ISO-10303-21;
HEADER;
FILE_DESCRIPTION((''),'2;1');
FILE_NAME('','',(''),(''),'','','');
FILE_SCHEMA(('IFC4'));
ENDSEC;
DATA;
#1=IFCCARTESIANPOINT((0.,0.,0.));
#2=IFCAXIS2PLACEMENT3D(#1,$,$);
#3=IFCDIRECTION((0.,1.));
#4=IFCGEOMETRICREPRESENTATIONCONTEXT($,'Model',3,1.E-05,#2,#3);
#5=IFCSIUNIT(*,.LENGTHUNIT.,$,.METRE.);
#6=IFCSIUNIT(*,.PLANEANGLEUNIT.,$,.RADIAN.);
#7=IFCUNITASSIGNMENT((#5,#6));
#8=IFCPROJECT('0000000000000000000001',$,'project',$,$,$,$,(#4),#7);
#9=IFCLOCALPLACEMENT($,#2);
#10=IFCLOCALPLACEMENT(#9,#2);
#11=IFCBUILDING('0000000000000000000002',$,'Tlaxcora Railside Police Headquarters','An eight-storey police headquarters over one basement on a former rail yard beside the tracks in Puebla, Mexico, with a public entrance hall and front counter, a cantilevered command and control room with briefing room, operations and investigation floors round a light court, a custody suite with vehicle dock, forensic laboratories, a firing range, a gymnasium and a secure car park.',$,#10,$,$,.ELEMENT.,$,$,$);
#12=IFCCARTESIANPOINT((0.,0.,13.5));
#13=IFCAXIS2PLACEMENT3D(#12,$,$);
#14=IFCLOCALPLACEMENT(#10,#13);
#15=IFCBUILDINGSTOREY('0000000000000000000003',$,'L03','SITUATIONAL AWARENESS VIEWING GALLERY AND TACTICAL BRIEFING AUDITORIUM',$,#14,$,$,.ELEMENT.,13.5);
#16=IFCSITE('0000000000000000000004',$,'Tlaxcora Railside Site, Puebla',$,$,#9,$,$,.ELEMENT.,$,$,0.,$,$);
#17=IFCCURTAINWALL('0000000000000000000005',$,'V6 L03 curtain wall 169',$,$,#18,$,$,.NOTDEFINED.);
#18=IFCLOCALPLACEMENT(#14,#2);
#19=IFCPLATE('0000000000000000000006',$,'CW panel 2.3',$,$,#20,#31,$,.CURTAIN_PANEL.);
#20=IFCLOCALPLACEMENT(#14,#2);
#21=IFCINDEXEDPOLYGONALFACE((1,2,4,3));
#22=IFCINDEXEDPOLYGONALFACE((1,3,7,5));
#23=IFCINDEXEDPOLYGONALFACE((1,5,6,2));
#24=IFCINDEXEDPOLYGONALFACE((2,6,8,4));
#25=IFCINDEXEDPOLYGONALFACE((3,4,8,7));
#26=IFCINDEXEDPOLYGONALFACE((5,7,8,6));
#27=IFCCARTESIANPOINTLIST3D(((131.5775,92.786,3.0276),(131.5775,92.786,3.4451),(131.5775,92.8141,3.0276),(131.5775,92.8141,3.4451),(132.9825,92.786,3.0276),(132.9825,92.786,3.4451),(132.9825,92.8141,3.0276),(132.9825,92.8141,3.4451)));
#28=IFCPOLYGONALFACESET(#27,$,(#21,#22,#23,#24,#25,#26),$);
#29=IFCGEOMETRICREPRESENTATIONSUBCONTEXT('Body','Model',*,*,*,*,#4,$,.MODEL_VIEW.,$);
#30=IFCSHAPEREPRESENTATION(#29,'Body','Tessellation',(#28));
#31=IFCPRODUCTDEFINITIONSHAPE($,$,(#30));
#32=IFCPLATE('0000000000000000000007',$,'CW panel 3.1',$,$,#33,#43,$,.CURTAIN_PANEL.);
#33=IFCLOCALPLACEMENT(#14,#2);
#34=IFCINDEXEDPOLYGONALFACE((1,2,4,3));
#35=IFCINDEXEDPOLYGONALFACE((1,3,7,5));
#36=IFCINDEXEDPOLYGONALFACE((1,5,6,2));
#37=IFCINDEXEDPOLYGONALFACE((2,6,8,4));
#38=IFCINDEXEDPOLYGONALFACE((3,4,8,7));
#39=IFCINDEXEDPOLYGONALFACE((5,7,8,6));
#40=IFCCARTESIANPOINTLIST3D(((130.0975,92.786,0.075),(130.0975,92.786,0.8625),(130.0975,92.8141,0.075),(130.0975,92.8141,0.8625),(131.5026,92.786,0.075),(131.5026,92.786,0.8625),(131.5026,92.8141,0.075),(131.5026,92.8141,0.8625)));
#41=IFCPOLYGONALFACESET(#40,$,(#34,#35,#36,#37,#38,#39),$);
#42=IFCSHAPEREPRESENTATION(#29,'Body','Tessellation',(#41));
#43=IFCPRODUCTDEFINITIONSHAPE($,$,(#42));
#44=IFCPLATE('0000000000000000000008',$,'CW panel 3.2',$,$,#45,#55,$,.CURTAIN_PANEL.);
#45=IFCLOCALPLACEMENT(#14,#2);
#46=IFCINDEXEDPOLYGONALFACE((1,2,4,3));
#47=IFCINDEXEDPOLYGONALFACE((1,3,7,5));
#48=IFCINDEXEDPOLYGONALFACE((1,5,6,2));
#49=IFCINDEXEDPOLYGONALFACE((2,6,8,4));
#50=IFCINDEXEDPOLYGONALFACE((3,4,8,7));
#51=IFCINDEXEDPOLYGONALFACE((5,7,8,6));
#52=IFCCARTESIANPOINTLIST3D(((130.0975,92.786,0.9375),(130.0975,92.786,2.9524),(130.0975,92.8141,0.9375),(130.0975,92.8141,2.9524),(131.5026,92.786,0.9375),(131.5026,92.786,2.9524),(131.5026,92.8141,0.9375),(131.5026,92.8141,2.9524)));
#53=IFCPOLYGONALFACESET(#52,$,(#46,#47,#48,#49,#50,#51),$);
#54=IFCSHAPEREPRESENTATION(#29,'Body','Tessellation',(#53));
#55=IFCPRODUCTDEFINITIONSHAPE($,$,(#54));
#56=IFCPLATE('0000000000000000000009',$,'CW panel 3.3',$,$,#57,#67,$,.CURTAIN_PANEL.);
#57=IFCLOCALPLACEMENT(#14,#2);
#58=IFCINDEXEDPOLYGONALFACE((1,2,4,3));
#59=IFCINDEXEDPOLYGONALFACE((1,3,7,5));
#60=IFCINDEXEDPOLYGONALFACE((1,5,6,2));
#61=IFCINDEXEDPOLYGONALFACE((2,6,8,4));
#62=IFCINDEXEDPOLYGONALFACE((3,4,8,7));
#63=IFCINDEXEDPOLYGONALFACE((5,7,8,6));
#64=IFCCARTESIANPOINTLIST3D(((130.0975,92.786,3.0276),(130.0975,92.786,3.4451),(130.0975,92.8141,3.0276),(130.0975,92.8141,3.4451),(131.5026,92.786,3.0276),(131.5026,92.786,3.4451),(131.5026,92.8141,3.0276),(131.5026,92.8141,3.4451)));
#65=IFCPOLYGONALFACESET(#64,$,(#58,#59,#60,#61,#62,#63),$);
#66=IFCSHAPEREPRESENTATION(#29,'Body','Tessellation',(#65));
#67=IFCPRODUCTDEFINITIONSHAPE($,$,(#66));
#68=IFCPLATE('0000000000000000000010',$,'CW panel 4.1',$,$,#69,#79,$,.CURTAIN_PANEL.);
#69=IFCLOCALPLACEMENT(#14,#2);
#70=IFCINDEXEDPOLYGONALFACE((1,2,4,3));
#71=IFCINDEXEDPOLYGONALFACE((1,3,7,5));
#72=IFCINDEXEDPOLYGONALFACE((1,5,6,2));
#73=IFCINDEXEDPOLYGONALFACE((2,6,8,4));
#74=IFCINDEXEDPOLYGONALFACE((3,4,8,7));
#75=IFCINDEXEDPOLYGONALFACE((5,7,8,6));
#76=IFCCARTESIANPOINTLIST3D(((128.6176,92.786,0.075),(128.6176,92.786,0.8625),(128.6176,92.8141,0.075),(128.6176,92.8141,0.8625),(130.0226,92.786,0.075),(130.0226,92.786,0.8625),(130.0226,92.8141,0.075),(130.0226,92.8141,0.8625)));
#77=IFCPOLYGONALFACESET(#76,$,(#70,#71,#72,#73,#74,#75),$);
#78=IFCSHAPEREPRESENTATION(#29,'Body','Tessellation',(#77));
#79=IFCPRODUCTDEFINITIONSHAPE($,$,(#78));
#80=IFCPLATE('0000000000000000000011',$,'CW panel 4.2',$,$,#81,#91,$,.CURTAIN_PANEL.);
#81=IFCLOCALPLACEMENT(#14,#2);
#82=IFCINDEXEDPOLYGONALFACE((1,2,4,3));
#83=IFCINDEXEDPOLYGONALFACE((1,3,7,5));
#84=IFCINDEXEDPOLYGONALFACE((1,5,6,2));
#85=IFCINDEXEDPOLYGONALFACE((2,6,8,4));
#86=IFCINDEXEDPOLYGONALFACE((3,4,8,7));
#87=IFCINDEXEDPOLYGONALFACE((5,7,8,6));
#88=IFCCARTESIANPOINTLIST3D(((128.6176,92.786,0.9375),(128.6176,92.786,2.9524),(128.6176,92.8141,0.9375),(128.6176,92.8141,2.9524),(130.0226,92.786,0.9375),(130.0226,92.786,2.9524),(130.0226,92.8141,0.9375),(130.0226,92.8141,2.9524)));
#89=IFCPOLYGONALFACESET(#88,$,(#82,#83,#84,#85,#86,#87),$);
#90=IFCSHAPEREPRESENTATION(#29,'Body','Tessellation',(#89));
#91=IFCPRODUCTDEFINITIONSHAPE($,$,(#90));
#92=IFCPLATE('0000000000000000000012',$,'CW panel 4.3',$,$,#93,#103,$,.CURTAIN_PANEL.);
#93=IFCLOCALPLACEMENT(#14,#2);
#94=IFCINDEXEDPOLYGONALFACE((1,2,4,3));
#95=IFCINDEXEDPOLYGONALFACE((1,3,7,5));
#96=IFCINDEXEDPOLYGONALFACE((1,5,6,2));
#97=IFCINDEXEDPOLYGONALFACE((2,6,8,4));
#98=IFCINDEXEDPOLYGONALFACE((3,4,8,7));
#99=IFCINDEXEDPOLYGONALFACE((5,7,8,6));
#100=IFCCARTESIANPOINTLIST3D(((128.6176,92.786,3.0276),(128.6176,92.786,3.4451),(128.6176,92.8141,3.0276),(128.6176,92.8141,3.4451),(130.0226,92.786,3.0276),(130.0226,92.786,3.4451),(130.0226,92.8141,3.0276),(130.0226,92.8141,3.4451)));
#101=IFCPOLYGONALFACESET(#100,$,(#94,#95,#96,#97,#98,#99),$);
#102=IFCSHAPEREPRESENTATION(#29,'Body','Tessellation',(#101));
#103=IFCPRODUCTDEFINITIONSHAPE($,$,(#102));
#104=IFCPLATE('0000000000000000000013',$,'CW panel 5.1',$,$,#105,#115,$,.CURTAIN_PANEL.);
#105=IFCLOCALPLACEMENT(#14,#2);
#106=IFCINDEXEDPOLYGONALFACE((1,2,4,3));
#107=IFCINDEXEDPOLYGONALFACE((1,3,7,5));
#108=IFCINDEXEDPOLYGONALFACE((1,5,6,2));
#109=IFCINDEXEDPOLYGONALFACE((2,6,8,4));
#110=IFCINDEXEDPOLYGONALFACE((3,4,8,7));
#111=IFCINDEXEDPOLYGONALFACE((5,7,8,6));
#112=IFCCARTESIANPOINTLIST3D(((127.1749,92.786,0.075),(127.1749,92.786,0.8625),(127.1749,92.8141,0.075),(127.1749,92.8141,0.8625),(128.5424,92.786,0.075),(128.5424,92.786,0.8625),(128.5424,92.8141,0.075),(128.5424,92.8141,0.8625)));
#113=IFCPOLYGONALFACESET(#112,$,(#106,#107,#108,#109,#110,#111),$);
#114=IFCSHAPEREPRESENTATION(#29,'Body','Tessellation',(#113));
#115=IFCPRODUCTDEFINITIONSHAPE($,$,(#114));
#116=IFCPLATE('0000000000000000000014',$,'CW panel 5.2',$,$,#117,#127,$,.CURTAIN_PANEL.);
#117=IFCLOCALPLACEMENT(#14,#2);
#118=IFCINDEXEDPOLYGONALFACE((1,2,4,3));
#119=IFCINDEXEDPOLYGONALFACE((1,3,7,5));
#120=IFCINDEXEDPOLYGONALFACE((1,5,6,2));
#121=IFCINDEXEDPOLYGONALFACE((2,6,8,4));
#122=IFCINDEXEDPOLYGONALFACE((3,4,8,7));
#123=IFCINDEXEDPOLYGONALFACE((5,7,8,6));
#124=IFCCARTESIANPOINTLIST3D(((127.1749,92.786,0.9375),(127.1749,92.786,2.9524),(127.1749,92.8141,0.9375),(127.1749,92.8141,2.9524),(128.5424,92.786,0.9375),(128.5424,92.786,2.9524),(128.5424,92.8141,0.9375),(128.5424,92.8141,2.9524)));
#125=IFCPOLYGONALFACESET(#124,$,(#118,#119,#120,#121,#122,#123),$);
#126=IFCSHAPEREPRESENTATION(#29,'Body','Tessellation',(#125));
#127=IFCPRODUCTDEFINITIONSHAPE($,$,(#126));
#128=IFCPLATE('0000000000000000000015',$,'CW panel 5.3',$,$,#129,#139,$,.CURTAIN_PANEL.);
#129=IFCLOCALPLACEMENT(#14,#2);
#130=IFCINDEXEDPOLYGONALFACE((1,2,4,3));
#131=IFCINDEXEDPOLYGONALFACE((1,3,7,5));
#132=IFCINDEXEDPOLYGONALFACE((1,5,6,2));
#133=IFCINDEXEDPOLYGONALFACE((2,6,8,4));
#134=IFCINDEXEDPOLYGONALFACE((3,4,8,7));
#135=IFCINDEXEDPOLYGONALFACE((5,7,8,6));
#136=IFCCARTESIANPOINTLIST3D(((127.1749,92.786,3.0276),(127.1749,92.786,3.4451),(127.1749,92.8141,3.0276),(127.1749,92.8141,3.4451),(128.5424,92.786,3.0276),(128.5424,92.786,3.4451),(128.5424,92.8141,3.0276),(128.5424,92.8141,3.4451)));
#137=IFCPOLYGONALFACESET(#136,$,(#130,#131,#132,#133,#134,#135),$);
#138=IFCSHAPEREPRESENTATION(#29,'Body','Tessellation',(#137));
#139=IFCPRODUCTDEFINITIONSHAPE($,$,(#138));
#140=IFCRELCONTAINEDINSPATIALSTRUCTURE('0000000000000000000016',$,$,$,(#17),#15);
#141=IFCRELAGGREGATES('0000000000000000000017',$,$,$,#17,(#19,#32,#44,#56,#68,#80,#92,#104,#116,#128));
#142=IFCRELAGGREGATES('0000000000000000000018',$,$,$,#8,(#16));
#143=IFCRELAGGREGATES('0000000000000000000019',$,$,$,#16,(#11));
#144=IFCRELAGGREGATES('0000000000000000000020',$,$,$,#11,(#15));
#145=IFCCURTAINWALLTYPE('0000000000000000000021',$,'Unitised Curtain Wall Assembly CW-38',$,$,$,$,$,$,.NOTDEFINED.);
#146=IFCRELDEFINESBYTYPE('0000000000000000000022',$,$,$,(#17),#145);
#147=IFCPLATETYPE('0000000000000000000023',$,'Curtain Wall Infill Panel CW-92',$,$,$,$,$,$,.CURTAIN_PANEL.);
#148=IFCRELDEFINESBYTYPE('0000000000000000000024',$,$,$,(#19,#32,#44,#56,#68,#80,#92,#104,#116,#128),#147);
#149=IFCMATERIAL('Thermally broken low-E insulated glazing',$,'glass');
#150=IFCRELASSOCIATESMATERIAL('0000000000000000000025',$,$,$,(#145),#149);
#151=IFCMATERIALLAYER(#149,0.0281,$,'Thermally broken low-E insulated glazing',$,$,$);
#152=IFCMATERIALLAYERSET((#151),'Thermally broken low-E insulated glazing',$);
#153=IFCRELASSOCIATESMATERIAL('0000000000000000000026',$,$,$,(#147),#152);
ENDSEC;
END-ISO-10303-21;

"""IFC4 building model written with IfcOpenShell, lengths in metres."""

from ifc_helpers import new_model, si_unit, direction, frame, origin, origin_2d, place, context, subcontext, project, spatial, rectangle, extrude, material, layer, layer_set, type_object, element, aggregate, save


model = new_model("IFC4")

# Units and contexts
model_context = context("Model", 3, precision=1e-05, world=origin(), true_north=direction((0.0, 1.0)))
body_context = subcontext(model_context, "Body", "Model", "MODEL_VIEW")
ifc_project = project(units=[si_unit("LENGTHUNIT", "METRE"), si_unit("PLANEANGLEUNIT", "RADIAN")], contexts=[model_context])

# Site, building, storey
site_placement = place(None, origin())
site = spatial("IfcSite", under=ifc_project, at=site_placement, Name="Tlaxcora Railside Site, Puebla", CompositionType="ELEMENT", RefElevation=0.0)
building_placement = place(site_placement, origin())
building = spatial("IfcBuilding", under=site, at=building_placement, Name="Tlaxcora Railside Police Headquarters", Description="An eight-storey police headquarters over one basement on a former rail yard beside the tracks in Puebla, Mexico, with a public entrance hall and front counter, a cantilevered command and control room with briefing room, operations and investigation floors round a light court, a custody suite with vehicle dock, forensic laboratories, a firing range, a gymnasium and a secure car park.", CompositionType="ELEMENT")
storey_placement = place(building_placement, frame((0.0, 0.0, 13.5)))
storey = spatial("IfcBuildingStorey", under=building, at=storey_placement, Name="L03", Description="SITUATIONAL AWARENESS VIEWING GALLERY AND TACTICAL BRIEFING AUDITORIUM", CompositionType="ELEMENT", Elevation=13.5)

# Curtain wall, plates
ifc_material_1 = material(Name="Thermally broken low-E insulated glazing", Category="glass")
curtain_wall_type = type_object("IfcCurtainWallType", Name="Unitised Curtain Wall Assembly CW-38", PredefinedType="NOTDEFINED", material=ifc_material_1)
curtain_wall_placement = place(storey_placement, origin())
curtain_wall = element("IfcCurtainWall", 1, at=curtain_wall_placement, inside=storey, type_object=curtain_wall_type, Name="V6 L03 curtain wall 169", PredefinedType="NOTDEFINED")
ifc_layer = layer(ifc_material_1, 0.0281, Name="Thermally broken low-E insulated glazing")
ifc_layer_set = layer_set([ifc_layer], Name="Thermally broken low-E insulated glazing")
plate_type = type_object("IfcPlateType", Name="Curtain Wall Infill Panel CW-92", PredefinedType="CURTAIN_PANEL", material=ifc_layer_set)
plate_1_placement = place(storey_placement, frame((132.28, 92.8, 3.0276), z_axis=(0.0, 0.0, 1.0), x_axis=(-1.0, 0.0, 0.0)))
plate_1 = element("IfcPlate", 2, at=plate_1_placement, type_object=plate_type, Name="CW panel 2.3", PredefinedType="CURTAIN_PANEL", context=body_context, shape_type="SweptSolid", body=[
    extrude(rectangle(XDim=1.405, YDim=0.0281, at=origin_2d()), origin(), (0.0, 0.0, 1.0), 0.4175),
])
plate_2_placement = place(storey_placement, frame((130.8, 92.8, 0.075), z_axis=(0.0, 0.0, 1.0), x_axis=(-1.0, 0.0, 0.0)))
plate_2 = element("IfcPlate", 3, at=plate_2_placement, type_object=plate_type, Name="CW panel 3.1", PredefinedType="CURTAIN_PANEL", context=body_context, shape_type="SweptSolid", body=[
    extrude(rectangle(XDim=1.405, YDim=0.0281, at=origin_2d()), origin(), (0.0, 0.0, 1.0), 0.7876),
])
plate_3_placement = place(storey_placement, frame((130.8, 92.8, 0.9375), z_axis=(0.0, 0.0, 1.0), x_axis=(-1.0, 0.0, 0.0)))
plate_3 = element("IfcPlate", 4, at=plate_3_placement, type_object=plate_type, Name="CW panel 3.2", PredefinedType="CURTAIN_PANEL", context=body_context, shape_type="SweptSolid", body=[
    extrude(rectangle(XDim=1.405, YDim=0.0281, at=origin_2d()), origin(), (0.0, 0.0, 1.0), 2.0149),
])
plate_4_placement = place(storey_placement, frame((130.8, 92.8, 3.0276), z_axis=(0.0, 0.0, 1.0), x_axis=(-1.0, 0.0, 0.0)))
plate_4 = element("IfcPlate", 5, at=plate_4_placement, type_object=plate_type, Name="CW panel 3.3", PredefinedType="CURTAIN_PANEL", context=body_context, shape_type="SweptSolid", body=[
    extrude(rectangle(XDim=1.405, YDim=0.0281, at=origin_2d()), origin(), (0.0, 0.0, 1.0), 0.4175),
])
plate_5_placement = place(storey_placement, frame((129.3201, 92.8, 0.075), z_axis=(0.0, 0.0, 1.0), x_axis=(-1.0, 0.0, 0.0)))
plate_5 = element("IfcPlate", 6, at=plate_5_placement, type_object=plate_type, Name="CW panel 4.1", PredefinedType="CURTAIN_PANEL", context=body_context, shape_type="SweptSolid", body=[
    extrude(rectangle(XDim=1.405, YDim=0.0281, at=origin_2d()), origin(), (0.0, 0.0, 1.0), 0.7876),
])
plate_6_placement = place(storey_placement, frame((129.3201, 92.8, 0.9375), z_axis=(0.0, 0.0, 1.0), x_axis=(-1.0, 0.0, 0.0)))
plate_6 = element("IfcPlate", 7, at=plate_6_placement, type_object=plate_type, Name="CW panel 4.2", PredefinedType="CURTAIN_PANEL", context=body_context, shape_type="SweptSolid", body=[
    extrude(rectangle(XDim=1.405, YDim=0.0281, at=origin_2d()), origin(), (0.0, 0.0, 1.0), 2.0149),
])
plate_7_placement = place(storey_placement, frame((129.3201, 92.8, 3.0276), z_axis=(0.0, 0.0, 1.0), x_axis=(-1.0, 0.0, 0.0)))
plate_7 = element("IfcPlate", 8, at=plate_7_placement, type_object=plate_type, Name="CW panel 4.3", PredefinedType="CURTAIN_PANEL", context=body_context, shape_type="SweptSolid", body=[
    extrude(rectangle(XDim=1.405, YDim=0.0281, at=origin_2d()), origin(), (0.0, 0.0, 1.0), 0.4175),
])
plate_8_placement = place(storey_placement, frame((127.8586, 92.8, 0.075), z_axis=(0.0, 0.0, 1.0), x_axis=(-1.0, 0.0, 0.0)))
plate_8 = element("IfcPlate", 9, at=plate_8_placement, type_object=plate_type, Name="CW panel 5.1", PredefinedType="CURTAIN_PANEL", context=body_context, shape_type="SweptSolid", body=[
    extrude(rectangle(XDim=1.3674, YDim=0.0281, at=origin_2d()), origin(), (0.0, 0.0, 1.0), 0.7876),
])
plate_9_placement = place(storey_placement, frame((127.8586, 92.8, 0.9375), z_axis=(0.0, 0.0, 1.0), x_axis=(-1.0, 0.0, 0.0)))
plate_9 = element("IfcPlate", 10, at=plate_9_placement, type_object=plate_type, Name="CW panel 5.2", PredefinedType="CURTAIN_PANEL", context=body_context, shape_type="SweptSolid", body=[
    extrude(rectangle(XDim=1.3674, YDim=0.0281, at=origin_2d()), origin(), (0.0, 0.0, 1.0), 2.0149),
])
plate_10_placement = place(storey_placement, frame((127.8586, 92.8, 3.0276), z_axis=(0.0, 0.0, 1.0), x_axis=(-1.0, 0.0, 0.0)))
plate_10 = element("IfcPlate", 11, at=plate_10_placement, type_object=plate_type, Name="CW panel 5.3", PredefinedType="CURTAIN_PANEL", context=body_context, shape_type="SweptSolid", body=[
    extrude(rectangle(XDim=1.3674, YDim=0.0281, at=origin_2d()), origin(), (0.0, 0.0, 1.0), 0.4175),
])
aggregate(curtain_wall, [plate_1, plate_2, plate_3, plate_4, plate_5, plate_6, plate_7, plate_8, plate_9, plate_10])

save(model, "model.ifc")
